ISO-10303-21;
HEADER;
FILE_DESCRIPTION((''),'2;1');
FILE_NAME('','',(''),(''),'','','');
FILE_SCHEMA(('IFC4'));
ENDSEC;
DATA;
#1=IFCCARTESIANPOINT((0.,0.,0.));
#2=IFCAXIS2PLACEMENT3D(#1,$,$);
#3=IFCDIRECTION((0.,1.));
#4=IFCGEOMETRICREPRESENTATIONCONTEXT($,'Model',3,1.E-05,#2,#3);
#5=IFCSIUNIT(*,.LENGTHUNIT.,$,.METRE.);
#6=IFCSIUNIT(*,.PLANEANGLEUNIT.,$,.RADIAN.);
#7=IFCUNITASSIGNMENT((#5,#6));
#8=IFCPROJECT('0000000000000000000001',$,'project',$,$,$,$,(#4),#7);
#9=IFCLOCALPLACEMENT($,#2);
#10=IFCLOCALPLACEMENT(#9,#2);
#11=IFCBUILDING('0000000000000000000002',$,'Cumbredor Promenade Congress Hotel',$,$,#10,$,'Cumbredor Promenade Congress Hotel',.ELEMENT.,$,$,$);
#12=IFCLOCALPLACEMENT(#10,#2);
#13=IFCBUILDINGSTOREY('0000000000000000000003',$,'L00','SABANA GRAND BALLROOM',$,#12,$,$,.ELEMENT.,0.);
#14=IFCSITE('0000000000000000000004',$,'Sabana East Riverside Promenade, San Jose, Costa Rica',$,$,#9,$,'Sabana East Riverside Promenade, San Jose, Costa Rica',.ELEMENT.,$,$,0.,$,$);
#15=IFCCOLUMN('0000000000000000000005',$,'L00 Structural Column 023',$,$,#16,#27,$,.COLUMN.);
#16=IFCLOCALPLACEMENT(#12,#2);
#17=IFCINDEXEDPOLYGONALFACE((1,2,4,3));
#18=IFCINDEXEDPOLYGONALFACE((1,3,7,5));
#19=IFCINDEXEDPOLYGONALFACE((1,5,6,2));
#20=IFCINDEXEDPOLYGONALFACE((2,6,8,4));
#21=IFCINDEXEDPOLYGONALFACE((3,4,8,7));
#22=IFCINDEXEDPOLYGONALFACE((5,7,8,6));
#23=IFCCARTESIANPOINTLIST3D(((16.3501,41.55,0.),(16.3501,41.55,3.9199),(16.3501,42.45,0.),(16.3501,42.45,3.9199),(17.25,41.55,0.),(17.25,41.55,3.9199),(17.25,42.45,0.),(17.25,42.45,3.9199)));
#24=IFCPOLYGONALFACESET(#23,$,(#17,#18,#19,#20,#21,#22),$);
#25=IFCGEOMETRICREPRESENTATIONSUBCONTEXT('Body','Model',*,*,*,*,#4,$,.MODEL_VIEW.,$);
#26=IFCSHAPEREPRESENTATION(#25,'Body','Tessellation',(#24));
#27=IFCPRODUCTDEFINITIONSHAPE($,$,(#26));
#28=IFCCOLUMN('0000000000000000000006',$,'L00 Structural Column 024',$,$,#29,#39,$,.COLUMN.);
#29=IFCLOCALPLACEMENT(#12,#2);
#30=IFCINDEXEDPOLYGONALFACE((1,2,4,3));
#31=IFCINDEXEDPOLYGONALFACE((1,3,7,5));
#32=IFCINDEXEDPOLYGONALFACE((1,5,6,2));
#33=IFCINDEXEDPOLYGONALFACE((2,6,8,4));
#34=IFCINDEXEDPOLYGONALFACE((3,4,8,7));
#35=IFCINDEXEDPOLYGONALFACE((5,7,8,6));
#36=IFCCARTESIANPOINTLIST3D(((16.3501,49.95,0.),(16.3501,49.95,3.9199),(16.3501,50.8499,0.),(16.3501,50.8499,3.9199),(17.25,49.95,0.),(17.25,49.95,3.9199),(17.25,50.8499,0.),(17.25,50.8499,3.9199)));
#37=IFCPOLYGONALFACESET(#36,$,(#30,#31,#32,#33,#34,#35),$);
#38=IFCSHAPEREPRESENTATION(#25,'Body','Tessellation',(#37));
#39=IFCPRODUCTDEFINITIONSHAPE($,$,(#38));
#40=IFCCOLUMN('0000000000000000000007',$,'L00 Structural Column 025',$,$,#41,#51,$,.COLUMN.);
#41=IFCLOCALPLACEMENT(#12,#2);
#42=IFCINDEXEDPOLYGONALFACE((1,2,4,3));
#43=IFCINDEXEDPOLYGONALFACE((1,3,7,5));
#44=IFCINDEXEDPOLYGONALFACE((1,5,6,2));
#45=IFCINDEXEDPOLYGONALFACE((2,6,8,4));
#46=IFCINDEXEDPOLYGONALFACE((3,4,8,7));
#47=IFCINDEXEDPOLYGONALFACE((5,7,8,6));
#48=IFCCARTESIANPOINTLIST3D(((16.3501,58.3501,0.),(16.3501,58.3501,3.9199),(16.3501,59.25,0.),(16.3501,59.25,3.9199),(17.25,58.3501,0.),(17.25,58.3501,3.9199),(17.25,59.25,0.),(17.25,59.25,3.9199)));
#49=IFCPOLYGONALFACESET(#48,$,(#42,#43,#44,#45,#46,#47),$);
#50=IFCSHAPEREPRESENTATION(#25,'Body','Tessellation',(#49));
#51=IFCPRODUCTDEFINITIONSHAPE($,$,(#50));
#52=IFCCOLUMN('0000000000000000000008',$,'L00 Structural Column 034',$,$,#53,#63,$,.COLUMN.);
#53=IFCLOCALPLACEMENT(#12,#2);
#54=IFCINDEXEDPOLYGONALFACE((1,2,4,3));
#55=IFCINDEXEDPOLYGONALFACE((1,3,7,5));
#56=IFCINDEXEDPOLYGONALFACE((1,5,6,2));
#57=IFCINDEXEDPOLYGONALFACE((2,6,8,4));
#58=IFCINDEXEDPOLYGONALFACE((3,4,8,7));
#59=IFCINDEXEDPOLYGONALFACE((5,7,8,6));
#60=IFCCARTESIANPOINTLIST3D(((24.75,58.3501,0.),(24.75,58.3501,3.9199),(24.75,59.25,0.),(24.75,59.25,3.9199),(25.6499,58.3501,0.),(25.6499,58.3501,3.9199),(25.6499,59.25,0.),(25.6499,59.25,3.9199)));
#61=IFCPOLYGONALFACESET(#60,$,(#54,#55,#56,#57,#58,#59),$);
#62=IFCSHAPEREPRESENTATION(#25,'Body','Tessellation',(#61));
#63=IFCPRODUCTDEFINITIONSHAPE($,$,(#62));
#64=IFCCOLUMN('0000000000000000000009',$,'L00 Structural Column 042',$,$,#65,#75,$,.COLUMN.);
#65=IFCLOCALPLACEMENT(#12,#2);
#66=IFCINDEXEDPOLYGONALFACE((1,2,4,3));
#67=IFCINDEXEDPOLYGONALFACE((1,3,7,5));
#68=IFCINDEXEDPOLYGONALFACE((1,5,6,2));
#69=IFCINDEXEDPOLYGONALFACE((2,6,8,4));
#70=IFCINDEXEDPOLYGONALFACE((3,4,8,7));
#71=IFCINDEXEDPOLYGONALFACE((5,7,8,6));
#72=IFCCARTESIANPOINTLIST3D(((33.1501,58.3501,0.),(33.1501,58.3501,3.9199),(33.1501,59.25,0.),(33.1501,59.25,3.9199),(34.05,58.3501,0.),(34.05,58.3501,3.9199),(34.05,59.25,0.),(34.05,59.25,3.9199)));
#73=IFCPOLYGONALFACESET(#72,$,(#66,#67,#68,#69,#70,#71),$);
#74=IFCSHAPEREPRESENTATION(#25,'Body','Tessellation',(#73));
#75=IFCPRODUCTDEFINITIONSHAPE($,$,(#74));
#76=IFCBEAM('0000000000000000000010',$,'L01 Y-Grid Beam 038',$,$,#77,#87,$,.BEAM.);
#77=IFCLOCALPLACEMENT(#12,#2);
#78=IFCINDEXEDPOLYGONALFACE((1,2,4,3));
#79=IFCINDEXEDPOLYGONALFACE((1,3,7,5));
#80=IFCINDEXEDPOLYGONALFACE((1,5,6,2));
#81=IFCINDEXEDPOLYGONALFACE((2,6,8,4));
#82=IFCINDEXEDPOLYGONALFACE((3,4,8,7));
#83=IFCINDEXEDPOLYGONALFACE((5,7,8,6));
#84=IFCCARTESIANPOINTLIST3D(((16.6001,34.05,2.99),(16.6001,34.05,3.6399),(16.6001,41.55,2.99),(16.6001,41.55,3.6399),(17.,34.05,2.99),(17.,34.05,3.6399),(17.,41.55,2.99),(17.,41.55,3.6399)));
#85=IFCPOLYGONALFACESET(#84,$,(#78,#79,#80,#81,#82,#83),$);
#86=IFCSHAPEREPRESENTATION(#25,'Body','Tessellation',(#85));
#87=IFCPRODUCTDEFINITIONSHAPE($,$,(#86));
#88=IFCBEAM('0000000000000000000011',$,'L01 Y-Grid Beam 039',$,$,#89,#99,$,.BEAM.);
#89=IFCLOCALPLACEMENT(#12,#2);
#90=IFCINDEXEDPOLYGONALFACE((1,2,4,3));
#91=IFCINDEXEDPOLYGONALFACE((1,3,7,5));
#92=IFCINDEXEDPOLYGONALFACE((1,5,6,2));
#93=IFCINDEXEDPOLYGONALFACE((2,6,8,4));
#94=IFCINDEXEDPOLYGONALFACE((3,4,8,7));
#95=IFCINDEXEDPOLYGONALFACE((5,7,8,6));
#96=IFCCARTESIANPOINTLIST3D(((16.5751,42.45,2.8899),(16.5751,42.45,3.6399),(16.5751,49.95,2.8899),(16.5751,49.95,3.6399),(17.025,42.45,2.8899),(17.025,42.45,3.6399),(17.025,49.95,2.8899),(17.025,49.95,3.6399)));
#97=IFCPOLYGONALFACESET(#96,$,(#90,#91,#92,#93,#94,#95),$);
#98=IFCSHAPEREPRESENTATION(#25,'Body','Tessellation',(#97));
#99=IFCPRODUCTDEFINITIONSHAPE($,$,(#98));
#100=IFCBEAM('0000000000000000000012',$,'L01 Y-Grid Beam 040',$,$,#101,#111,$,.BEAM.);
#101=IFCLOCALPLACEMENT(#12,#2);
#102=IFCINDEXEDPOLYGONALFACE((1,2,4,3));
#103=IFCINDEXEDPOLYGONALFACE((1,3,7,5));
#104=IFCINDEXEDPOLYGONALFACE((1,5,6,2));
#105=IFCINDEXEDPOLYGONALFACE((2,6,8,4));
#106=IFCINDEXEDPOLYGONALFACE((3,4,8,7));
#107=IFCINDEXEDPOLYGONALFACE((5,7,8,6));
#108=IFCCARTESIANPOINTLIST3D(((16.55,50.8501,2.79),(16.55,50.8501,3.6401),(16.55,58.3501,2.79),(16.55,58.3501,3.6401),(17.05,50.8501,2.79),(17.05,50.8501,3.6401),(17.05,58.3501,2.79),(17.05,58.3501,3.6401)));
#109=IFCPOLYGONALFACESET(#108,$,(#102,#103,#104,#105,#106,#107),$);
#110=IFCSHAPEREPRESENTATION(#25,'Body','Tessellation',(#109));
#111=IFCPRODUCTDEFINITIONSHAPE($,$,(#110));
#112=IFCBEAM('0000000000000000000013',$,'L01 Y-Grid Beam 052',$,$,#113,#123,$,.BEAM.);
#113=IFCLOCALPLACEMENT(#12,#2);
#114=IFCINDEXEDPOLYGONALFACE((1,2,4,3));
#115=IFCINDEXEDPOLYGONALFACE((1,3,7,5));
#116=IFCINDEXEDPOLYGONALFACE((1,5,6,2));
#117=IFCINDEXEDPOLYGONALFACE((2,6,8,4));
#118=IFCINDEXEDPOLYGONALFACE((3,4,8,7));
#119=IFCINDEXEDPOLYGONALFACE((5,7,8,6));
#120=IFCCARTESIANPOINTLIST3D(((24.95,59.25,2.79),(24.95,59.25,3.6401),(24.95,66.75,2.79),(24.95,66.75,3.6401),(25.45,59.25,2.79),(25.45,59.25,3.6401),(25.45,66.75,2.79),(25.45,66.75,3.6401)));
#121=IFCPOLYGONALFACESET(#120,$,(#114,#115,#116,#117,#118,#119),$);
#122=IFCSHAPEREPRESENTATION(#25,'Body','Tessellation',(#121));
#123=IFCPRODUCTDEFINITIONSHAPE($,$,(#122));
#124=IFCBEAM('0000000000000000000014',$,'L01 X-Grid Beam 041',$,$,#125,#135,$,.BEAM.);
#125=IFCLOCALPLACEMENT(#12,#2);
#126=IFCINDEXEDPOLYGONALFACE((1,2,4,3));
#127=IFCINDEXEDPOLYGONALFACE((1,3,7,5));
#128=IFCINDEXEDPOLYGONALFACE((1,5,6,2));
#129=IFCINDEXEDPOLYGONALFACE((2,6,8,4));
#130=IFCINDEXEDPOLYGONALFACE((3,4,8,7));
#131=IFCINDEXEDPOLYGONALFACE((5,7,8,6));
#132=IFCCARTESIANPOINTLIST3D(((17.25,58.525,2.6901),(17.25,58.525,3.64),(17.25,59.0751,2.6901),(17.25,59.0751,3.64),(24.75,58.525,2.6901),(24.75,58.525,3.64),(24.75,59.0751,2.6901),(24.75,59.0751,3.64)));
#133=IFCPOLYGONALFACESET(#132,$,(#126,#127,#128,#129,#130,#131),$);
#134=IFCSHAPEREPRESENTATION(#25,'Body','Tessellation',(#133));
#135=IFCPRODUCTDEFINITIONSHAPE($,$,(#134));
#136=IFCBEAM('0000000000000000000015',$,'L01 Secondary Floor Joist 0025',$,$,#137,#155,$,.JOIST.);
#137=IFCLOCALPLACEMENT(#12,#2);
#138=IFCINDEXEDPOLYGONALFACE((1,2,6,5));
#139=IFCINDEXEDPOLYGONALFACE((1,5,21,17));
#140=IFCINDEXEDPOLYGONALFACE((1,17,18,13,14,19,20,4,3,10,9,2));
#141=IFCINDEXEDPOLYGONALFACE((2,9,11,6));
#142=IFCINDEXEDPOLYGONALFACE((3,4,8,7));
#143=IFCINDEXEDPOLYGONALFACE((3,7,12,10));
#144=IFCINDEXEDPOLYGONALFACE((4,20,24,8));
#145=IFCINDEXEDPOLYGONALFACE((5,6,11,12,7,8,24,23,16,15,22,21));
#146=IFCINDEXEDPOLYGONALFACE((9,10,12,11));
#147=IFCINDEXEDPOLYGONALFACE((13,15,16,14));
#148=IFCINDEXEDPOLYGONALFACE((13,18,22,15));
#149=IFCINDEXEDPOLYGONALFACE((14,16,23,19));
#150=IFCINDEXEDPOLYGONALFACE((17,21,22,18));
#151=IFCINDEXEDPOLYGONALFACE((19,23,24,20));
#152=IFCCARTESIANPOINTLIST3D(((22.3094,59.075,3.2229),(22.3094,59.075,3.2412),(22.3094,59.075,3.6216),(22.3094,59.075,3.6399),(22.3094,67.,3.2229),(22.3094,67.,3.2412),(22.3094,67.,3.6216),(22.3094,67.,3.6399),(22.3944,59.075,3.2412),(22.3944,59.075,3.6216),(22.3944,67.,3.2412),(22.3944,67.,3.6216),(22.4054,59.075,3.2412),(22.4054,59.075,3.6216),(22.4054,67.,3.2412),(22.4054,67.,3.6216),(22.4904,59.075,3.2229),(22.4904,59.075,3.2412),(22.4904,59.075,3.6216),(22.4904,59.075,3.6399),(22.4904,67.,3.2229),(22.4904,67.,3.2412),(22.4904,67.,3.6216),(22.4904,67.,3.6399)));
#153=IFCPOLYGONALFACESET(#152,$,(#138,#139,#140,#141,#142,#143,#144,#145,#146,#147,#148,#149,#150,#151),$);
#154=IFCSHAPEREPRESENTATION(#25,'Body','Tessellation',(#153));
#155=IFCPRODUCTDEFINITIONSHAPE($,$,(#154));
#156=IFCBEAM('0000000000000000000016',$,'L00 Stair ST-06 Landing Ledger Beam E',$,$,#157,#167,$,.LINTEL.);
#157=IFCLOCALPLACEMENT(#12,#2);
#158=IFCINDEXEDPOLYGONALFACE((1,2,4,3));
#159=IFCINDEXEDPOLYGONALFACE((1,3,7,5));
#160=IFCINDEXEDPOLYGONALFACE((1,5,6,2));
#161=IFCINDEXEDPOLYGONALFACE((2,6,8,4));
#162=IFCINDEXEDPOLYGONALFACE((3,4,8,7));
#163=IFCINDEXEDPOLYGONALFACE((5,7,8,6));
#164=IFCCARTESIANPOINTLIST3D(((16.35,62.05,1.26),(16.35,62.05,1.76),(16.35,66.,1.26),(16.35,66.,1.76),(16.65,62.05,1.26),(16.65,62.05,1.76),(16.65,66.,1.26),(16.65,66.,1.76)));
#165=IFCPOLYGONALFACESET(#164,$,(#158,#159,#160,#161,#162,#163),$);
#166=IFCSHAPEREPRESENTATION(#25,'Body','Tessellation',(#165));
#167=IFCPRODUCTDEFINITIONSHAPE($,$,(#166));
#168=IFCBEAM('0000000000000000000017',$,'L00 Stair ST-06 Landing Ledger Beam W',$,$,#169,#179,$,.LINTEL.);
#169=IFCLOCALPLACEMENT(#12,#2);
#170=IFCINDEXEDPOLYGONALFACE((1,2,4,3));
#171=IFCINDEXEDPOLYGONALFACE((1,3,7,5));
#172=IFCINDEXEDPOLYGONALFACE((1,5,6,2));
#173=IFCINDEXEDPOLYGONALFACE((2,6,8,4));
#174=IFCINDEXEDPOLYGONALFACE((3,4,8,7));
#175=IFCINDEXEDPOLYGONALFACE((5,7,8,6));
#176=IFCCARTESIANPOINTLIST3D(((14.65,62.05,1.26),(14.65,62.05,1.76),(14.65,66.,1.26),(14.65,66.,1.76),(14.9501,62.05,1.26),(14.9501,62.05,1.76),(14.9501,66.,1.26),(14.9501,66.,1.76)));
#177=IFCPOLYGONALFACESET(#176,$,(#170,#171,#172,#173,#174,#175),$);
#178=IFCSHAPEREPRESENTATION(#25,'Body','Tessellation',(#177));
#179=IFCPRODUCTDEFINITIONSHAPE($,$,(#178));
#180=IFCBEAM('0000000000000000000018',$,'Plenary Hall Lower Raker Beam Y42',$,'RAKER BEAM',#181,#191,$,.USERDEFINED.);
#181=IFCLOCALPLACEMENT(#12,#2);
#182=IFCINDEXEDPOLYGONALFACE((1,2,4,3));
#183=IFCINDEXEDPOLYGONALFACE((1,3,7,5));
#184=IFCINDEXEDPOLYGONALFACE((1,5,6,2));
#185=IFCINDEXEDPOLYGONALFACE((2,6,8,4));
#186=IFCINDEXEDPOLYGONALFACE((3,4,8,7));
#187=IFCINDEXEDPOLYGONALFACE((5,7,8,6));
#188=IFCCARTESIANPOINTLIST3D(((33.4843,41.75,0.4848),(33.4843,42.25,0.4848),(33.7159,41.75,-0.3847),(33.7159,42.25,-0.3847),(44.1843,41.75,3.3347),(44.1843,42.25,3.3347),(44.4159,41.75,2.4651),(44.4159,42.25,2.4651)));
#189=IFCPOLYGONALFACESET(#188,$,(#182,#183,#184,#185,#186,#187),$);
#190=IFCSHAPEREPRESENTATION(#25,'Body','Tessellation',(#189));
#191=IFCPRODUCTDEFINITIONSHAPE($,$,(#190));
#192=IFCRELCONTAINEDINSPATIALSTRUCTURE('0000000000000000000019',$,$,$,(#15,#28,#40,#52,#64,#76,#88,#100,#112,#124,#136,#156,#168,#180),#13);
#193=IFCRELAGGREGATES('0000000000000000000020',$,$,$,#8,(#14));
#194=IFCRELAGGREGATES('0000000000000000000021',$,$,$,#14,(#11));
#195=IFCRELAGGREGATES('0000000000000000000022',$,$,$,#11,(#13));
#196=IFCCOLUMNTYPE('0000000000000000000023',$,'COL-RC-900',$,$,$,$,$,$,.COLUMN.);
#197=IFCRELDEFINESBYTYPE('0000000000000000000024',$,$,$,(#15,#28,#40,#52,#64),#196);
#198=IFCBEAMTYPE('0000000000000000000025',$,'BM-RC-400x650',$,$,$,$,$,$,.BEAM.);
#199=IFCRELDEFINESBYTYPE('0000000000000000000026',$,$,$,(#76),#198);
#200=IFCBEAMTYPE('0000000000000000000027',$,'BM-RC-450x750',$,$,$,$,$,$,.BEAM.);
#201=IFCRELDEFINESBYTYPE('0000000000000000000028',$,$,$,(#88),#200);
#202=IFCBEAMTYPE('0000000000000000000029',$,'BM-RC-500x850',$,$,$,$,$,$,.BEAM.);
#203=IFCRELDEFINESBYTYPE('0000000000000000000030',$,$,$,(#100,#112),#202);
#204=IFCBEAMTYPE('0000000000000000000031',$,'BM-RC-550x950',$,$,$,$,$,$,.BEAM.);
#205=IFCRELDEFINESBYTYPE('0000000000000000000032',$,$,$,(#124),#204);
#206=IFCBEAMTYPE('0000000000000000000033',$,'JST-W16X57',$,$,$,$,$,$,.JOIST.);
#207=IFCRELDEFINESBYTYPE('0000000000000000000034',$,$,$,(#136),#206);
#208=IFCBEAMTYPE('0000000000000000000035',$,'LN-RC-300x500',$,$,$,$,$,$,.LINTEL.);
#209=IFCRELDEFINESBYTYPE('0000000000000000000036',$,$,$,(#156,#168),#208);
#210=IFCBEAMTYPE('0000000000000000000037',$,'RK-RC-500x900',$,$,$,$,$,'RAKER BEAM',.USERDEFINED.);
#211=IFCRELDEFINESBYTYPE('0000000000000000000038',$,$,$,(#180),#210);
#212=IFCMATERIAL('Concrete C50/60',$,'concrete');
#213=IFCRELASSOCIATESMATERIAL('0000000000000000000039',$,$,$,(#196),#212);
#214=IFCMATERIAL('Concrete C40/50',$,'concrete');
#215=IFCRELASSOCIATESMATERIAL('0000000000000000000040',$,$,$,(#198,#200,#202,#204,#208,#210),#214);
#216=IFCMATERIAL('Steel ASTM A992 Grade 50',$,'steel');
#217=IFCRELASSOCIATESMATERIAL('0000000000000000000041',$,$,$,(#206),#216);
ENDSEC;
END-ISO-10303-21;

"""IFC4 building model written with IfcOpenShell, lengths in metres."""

from ifc_helpers import new_model, si_unit, direction, frame, origin, origin_2d, place, context, subcontext, project, spatial, rectangle, i_section, extrude, material, material_profile, profile_set, type_object, element, save


model = new_model("IFC4")

# Units and contexts
model_context = context("Model", 3, precision=1e-05, world=origin(), true_north=direction((0.0, 1.0)))
body_context = subcontext(model_context, "Body", "Model", "MODEL_VIEW")
ifc_project = project(units=[si_unit("LENGTHUNIT", "METRE"), si_unit("PLANEANGLEUNIT", "RADIAN")], contexts=[model_context])

# Site, building, storey
site_placement = place(None, origin())
site = spatial("IfcSite", under=ifc_project, at=site_placement, Name="Sabana East Riverside Promenade, San Jose, Costa Rica", LongName="Sabana East Riverside Promenade, San Jose, Costa Rica", CompositionType="ELEMENT", RefElevation=0.0)
building_placement = place(site_placement, origin())
building = spatial("IfcBuilding", under=site, at=building_placement, Name="Cumbredor Promenade Congress Hotel", LongName="Cumbredor Promenade Congress Hotel", CompositionType="ELEMENT")
storey_placement = place(building_placement, origin())
storey = spatial("IfcBuildingStorey", under=building, at=storey_placement, Name="L00", Description="SABANA GRAND BALLROOM", CompositionType="ELEMENT", Elevation=0.0)

# Columns
ifc_material_1 = material(Name="Concrete C50/60", Category="concrete")
ifc_material_profile_1 = material_profile(ifc_material_1, rectangle(XDim=0.8999, YDim=0.8999, at=origin_2d()), Name="RC 900x900")
ifc_profile_set_1 = profile_set([ifc_material_profile_1], Name="Concrete C50/60")
column_type = type_object("IfcColumnType", Name="COL-RC-900", PredefinedType="COLUMN", material=ifc_profile_set_1)
for number, where, z_axis, x_axis, name in (
    (1, (16.8, 42.0, 0.0), (0.0, 0.0, 1.0), (1.0, 0.0, 0.0), "L00 Structural Column 023"),
    (2, (16.8, 50.3999, 0.0), (0.0, 0.0, 1.0), (1.0, 0.0, 0.0), "L00 Structural Column 024"),
    (3, (16.8, 58.8, 0.0), (0.0, 0.0, 1.0), (1.0, 0.0, 0.0), "L00 Structural Column 025"),
    (4, (25.2, 58.8, 0.0), (0.0, 0.0, 1.0), (1.0, 0.0, 0.0), "L00 Structural Column 034"),
    (5, (33.6001, 58.8, 0.0), (0.0, 0.0, 1.0), (1.0, 0.0, 0.0), "L00 Structural Column 042"),
):
    element("IfcColumn", number, at=place(storey_placement, frame(where, z_axis=z_axis, x_axis=x_axis)), inside=storey, type_object=column_type, Name=name, PredefinedType="COLUMN", context=body_context, shape_type="SweptSolid", body=[
        extrude(rectangle(XDim=0.8999, YDim=0.8999, at=origin_2d()), origin(), (0.0, 0.0, 1.0), 3.9199),
    ])

# Beams
ifc_material_2 = material(Name="Concrete C40/50", Category="concrete")
ifc_material_profile_2 = material_profile(ifc_material_2, rectangle(XDim=0.3999, YDim=0.6499, at=origin_2d()), Name="RC BEAM 400x650")
ifc_profile_set_2 = profile_set([ifc_material_profile_2], Name="Concrete C40/50")
beam_type_1 = type_object("IfcBeamType", Name="BM-RC-400x650", PredefinedType="BEAM", material=ifc_profile_set_2)
beam_1_placement = place(storey_placement, frame((16.8, 34.05, 3.3149), z_axis=(0.0, 1.0, 0.0), x_axis=(-1.0, 0.0, 0.0)))
element("IfcBeam", 6, at=beam_1_placement, inside=storey, type_object=beam_type_1, Name="L01 Y-Grid Beam 038", PredefinedType="BEAM", context=body_context, shape_type="SweptSolid", body=[
    extrude(rectangle(XDim=0.3999, YDim=0.6499, at=origin_2d()), origin(), (0.0, 0.0, 1.0), 7.5),
])
ifc_material_profile_3 = material_profile(ifc_material_2, rectangle(XDim=0.45, YDim=0.75, at=origin_2d()), Name="RC BEAM 450x750")
ifc_profile_set_3 = profile_set([ifc_material_profile_3], Name="Concrete C40/50")
beam_type_2 = type_object("IfcBeamType", Name="BM-RC-450x750", PredefinedType="BEAM", material=ifc_profile_set_3)
beam_2_placement = place(storey_placement, frame((16.8, 42.45, 3.2649), z_axis=(0.0, 1.0, 0.0), x_axis=(-1.0, 0.0, 0.0)))
element("IfcBeam", 7, at=beam_2_placement, inside=storey, type_object=beam_type_2, Name="L01 Y-Grid Beam 039", PredefinedType="BEAM", context=body_context, shape_type="SweptSolid", body=[
    extrude(rectangle(XDim=0.45, YDim=0.75, at=origin_2d()), origin(), (0.0, 0.0, 1.0), 7.5),
])
ifc_material_profile_4 = material_profile(ifc_material_2, rectangle(XDim=0.5, YDim=0.8501, at=origin_2d()), Name="RC BEAM 500x850")
ifc_profile_set_4 = profile_set([ifc_material_profile_4], Name="Concrete C40/50")
beam_type_3 = type_object("IfcBeamType", Name="BM-RC-500x850", PredefinedType="BEAM", material=ifc_profile_set_4)
for number, where, z_axis, x_axis, name in (
    (8, (16.8, 50.8501, 3.2151), (0.0, 1.0, 0.0), (-1.0, 0.0, 0.0), "L01 Y-Grid Beam 040"),
    (9, (25.2, 59.25, 3.2151), (0.0, 1.0, 0.0), (-1.0, 0.0, 0.0), "L01 Y-Grid Beam 052"),
):
    element("IfcBeam", number, at=place(storey_placement, frame(where, z_axis=z_axis, x_axis=x_axis)), inside=storey, type_object=beam_type_3, Name=name, PredefinedType="BEAM", context=body_context, shape_type="SweptSolid", body=[
        extrude(rectangle(XDim=0.5, YDim=0.8501, at=origin_2d()), origin(), (0.0, 0.0, 1.0), 7.5),
    ])
ifc_material_profile_5 = material_profile(ifc_material_2, rectangle(XDim=0.55, YDim=0.95, at=origin_2d()), Name="RC BEAM 550x950")
ifc_profile_set_5 = profile_set([ifc_material_profile_5], Name="Concrete C40/50")
beam_type_4 = type_object("IfcBeamType", Name="BM-RC-550x950", PredefinedType="BEAM", material=ifc_profile_set_5)
beam_3_placement = place(storey_placement, frame((17.25, 58.8, 3.165), z_axis=(1.0, 0.0, 0.0), x_axis=(0.0, 1.0, 0.0)))
element("IfcBeam", 10, at=beam_3_placement, inside=storey, type_object=beam_type_4, Name="L01 X-Grid Beam 041", PredefinedType="BEAM", context=body_context, shape_type="SweptSolid", body=[
    extrude(rectangle(XDim=0.55, YDim=0.95, at=origin_2d()), origin(), (0.0, 0.0, 1.0), 7.5),
])
ifc_material_3 = material(Name="Steel ASTM A992 Grade 50", Category="steel")
ifc_material_profile_6 = material_profile(ifc_material_3, i_section(OverallWidth=0.1809, OverallDepth=0.417, WebThickness=0.011, FlangeThickness=0.0183, at=origin_2d()), Name="W16X57")
ifc_profile_set_6 = profile_set([ifc_material_profile_6], Name="Steel ASTM A992 Grade 50")
beam_type_5 = type_object("IfcBeamType", Name="JST-W16X57", PredefinedType="JOIST", material=ifc_profile_set_6)
beam_4_placement = place(storey_placement, frame((22.3999, 59.075, 3.4314), z_axis=(0.0, 1.0, 0.0), x_axis=(-1.0, 0.0, 0.0)))
element("IfcBeam", 11, at=beam_4_placement, inside=storey, type_object=beam_type_5, Name="L01 Secondary Floor Joist 0025", PredefinedType="JOIST", context=body_context, shape_type="SweptSolid", body=[
    extrude(i_section(OverallWidth=0.1809, OverallDepth=0.417, WebThickness=0.011, FlangeThickness=0.0183, at=origin_2d()), origin(), (0.0, 0.0, 1.0), 7.925),
])
ifc_material_profile_7 = material_profile(ifc_material_2, rectangle(XDim=0.3, YDim=0.5, at=origin_2d()), Name="RC LINTEL 300x500")
ifc_profile_set_7 = profile_set([ifc_material_profile_7], Name="Concrete C40/50")
beam_type_6 = type_object("IfcBeamType", Name="LN-RC-300x500", PredefinedType="LINTEL", material=ifc_profile_set_7)
for number, where, z_axis, x_axis, name in (
    (12, (16.5, 62.05, 1.51), (0.0, 1.0, 0.0), (-1.0, 0.0, 0.0), "L00 Stair ST-06 Landing Ledger Beam E"),
    (13, (14.8, 62.05, 1.51), (0.0, 1.0, 0.0), (-1.0, 0.0, 0.0), "L00 Stair ST-06 Landing Ledger Beam W"),
):
    element("IfcBeam", number, at=place(storey_placement, frame(where, z_axis=z_axis, x_axis=x_axis)), inside=storey, type_object=beam_type_6, Name=name, PredefinedType="LINTEL", context=body_context, shape_type="SweptSolid", body=[
        extrude(rectangle(XDim=0.3, YDim=0.5, at=origin_2d()), origin(), (0.0, 0.0, 1.0), 3.95),
    ])
ifc_material_profile_8 = material_profile(ifc_material_2, rectangle(XDim=0.5, YDim=0.8999, at=origin_2d()), Name="RC RAKER 500x900")
ifc_profile_set_8 = profile_set([ifc_material_profile_8], Name="Concrete C40/50")
beam_type_7 = type_object("IfcBeamType", Name="RK-RC-500x900", ElementType="RAKER BEAM", PredefinedType="USERDEFINED", material=ifc_profile_set_8)
for number, where, z_axis, x_axis, name in (
    (14, (33.6001, 42.0, 0.05), (0.966313, 0.0, 0.25737), (0.0, 1.0, 0.0), "Plenary Hall Lower Raker Beam Y42"),
):
    element("IfcBeam", number, at=place(storey_placement, frame(where, z_axis=z_axis, x_axis=x_axis)), inside=storey, type_object=beam_type_7, Name=name, ObjectType="RAKER BEAM", PredefinedType="USERDEFINED", context=body_context, shape_type="SweptSolid", body=[
        extrude(rectangle(XDim=0.5, YDim=0.8999, at=origin_2d()), origin(), (0.0, 0.0, 1.0), 11.073),
    ])

save(model, "model.ifc")
